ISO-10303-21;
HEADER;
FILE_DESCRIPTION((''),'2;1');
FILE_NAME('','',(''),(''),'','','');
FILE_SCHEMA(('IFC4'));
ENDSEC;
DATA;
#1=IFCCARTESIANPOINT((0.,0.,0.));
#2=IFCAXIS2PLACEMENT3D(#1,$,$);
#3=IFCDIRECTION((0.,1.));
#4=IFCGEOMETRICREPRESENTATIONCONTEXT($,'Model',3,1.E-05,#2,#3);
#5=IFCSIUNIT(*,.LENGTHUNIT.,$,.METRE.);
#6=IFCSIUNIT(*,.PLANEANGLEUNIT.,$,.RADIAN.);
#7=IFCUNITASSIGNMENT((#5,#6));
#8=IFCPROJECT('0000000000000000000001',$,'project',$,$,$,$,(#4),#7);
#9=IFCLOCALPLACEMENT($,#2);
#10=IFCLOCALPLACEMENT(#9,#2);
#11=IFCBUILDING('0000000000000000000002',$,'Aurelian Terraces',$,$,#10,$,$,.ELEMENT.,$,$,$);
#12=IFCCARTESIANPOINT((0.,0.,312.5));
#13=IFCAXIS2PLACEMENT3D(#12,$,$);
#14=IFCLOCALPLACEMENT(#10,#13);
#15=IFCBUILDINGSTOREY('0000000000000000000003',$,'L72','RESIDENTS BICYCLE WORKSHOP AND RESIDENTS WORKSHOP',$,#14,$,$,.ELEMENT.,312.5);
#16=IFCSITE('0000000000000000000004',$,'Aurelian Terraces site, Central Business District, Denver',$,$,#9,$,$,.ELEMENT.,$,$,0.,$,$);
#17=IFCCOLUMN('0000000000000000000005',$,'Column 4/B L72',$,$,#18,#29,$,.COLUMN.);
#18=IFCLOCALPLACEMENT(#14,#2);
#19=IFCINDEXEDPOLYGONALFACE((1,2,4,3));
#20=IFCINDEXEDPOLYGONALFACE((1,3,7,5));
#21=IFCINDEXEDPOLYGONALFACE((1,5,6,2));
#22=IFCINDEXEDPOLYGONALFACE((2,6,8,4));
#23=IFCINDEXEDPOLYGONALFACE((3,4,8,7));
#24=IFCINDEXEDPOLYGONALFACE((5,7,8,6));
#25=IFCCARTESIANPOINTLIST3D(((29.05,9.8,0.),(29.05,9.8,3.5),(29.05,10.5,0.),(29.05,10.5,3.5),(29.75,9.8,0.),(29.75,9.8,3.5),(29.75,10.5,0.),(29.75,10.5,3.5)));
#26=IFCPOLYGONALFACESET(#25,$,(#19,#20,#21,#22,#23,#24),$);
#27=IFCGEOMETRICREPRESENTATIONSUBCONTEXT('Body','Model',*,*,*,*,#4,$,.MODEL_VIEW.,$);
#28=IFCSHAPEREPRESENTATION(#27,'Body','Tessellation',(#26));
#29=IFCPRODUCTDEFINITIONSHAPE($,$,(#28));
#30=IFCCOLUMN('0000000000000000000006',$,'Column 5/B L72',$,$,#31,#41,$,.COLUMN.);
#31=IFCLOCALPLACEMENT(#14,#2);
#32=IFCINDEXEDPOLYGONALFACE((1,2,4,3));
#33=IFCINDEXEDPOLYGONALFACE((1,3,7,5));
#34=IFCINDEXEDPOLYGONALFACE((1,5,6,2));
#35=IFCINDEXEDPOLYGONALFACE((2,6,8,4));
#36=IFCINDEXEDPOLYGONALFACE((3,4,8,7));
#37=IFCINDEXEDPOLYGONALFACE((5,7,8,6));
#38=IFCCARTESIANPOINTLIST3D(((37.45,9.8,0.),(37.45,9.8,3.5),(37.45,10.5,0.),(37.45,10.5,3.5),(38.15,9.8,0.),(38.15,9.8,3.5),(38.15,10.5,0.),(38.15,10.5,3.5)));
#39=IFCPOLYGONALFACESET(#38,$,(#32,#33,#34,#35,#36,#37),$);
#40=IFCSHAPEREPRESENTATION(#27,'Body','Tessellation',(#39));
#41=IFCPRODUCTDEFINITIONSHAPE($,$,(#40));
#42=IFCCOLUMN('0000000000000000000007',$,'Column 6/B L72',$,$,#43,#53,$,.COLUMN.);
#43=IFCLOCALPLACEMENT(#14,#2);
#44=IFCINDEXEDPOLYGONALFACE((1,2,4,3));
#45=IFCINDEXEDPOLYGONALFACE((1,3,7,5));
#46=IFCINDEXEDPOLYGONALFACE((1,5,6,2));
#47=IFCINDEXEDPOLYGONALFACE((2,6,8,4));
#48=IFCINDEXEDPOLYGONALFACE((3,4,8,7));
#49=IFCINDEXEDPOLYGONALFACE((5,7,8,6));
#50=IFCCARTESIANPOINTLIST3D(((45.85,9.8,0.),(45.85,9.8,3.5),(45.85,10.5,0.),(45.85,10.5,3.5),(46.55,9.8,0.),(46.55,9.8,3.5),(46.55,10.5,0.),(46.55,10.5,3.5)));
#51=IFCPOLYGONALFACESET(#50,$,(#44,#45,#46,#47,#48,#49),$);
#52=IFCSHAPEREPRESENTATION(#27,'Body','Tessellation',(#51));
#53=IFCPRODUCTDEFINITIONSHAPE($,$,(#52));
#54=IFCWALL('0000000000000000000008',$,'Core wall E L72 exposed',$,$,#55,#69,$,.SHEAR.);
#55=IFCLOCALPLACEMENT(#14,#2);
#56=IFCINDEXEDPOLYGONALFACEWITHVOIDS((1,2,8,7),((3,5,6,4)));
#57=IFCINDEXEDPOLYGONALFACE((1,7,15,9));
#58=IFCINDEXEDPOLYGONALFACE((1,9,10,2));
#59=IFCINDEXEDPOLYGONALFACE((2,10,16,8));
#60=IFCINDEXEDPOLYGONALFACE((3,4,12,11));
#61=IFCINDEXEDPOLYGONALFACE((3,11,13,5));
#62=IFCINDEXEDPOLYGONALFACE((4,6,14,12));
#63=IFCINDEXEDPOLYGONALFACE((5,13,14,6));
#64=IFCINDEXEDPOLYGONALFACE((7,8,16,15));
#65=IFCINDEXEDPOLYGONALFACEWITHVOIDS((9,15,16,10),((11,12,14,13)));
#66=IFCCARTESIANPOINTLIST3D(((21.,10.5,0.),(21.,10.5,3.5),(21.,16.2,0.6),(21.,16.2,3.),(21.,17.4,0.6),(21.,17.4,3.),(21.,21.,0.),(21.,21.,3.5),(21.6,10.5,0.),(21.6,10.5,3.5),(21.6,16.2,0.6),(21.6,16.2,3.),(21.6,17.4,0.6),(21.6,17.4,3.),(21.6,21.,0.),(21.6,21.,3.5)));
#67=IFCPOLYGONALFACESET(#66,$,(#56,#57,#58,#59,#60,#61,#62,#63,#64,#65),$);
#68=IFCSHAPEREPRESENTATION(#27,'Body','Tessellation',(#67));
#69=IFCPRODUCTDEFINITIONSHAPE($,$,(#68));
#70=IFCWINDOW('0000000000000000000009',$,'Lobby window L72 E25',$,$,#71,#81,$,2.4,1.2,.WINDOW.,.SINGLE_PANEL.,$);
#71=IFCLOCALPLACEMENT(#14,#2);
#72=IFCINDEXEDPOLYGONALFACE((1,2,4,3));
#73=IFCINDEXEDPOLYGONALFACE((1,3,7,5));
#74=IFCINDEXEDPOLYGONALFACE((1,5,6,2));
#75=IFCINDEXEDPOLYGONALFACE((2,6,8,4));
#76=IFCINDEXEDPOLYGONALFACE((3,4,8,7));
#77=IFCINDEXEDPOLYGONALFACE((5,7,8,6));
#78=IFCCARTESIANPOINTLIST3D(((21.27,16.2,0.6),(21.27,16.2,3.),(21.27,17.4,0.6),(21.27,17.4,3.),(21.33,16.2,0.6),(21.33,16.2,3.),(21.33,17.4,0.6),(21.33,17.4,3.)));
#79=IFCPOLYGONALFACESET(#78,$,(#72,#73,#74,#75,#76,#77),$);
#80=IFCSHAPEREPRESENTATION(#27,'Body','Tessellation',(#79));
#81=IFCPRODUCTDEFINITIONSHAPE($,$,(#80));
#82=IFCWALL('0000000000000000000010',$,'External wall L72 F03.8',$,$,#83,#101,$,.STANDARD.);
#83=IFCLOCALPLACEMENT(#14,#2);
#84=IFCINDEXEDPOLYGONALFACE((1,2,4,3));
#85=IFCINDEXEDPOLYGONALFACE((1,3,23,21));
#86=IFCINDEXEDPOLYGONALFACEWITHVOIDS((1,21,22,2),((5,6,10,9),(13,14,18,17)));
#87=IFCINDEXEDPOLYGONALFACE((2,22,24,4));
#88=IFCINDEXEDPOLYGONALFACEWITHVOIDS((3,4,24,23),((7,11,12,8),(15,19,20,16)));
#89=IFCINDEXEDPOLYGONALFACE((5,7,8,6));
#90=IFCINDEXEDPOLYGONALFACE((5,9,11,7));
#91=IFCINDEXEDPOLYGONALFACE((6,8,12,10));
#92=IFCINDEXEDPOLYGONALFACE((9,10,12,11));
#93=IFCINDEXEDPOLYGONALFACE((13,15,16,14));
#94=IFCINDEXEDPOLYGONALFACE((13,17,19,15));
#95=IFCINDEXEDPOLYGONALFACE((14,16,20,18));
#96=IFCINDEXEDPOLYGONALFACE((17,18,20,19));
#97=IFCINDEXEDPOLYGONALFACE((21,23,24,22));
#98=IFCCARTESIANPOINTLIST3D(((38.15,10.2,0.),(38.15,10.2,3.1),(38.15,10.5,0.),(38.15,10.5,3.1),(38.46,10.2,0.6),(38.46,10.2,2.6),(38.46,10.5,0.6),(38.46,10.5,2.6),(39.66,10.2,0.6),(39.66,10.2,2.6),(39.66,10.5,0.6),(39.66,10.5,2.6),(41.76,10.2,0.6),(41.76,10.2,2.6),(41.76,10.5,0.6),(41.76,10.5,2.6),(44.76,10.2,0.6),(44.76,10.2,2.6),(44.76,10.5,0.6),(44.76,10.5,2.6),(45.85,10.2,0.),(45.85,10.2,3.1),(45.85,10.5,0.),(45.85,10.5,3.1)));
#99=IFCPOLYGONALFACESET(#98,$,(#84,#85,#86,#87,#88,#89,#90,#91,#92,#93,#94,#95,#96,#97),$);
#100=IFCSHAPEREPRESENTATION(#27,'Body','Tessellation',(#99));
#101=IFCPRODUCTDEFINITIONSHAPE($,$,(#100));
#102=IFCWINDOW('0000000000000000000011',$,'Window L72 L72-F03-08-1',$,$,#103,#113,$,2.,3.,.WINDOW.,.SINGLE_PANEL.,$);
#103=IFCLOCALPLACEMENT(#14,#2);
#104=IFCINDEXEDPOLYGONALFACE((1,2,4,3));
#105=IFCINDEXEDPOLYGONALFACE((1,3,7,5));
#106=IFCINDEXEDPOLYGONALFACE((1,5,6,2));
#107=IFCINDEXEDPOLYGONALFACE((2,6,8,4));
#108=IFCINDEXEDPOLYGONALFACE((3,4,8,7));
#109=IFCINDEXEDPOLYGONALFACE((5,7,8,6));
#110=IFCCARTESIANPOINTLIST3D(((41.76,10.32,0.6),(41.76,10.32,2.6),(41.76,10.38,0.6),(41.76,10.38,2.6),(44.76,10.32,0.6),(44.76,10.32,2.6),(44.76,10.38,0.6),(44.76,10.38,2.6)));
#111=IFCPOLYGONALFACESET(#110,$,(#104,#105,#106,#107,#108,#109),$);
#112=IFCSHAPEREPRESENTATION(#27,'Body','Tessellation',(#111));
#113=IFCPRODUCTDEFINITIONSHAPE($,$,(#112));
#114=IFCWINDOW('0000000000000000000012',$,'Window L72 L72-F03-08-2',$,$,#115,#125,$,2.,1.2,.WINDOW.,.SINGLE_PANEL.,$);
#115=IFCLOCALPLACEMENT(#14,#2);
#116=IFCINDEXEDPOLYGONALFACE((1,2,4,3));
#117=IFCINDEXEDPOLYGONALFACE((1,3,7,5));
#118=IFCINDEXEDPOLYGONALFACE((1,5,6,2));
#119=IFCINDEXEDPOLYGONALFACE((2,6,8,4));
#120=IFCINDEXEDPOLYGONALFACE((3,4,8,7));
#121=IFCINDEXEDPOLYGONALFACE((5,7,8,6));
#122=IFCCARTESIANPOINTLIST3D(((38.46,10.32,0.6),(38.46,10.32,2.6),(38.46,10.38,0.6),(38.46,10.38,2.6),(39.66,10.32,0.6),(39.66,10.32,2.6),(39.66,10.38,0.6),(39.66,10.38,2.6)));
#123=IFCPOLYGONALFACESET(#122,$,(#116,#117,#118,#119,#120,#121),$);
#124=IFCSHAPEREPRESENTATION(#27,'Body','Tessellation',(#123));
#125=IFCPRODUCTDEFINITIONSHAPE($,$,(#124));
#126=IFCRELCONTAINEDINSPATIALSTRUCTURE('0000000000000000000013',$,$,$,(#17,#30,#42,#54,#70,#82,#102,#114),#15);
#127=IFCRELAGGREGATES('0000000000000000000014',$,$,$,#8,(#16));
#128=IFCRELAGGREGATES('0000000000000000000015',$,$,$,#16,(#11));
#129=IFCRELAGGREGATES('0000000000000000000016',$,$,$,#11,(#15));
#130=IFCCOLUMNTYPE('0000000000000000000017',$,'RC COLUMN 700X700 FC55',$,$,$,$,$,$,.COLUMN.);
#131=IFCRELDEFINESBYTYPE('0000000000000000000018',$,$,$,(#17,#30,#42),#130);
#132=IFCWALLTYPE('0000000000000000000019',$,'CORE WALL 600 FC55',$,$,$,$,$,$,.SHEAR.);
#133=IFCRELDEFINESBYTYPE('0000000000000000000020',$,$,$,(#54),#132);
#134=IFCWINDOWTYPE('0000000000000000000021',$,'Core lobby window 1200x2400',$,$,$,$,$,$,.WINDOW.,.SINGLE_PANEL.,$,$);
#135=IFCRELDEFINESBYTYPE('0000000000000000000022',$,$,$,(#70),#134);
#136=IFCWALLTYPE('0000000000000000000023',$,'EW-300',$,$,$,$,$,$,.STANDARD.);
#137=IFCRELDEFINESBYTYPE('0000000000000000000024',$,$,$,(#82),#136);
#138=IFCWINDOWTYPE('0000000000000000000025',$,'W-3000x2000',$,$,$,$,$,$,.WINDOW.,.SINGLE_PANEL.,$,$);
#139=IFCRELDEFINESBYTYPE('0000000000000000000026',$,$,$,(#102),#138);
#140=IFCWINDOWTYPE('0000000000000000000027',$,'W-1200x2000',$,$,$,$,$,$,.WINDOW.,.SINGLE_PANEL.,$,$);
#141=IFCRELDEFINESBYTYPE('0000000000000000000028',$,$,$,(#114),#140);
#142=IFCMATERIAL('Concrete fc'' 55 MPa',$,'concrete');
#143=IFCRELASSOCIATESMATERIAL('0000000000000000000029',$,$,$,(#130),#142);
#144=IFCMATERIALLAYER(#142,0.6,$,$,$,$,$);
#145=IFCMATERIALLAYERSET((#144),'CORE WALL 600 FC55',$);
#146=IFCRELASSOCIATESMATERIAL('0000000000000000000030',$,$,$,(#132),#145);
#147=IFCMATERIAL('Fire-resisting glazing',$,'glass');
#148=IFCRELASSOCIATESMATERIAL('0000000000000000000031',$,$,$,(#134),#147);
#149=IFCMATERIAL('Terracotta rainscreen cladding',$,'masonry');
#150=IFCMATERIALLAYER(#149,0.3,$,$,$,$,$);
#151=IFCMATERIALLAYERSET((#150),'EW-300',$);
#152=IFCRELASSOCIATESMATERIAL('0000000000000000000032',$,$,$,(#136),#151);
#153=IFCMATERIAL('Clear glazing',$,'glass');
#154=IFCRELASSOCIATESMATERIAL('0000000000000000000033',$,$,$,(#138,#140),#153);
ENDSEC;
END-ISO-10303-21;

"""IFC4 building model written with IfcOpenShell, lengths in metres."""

from ifc_helpers import new_model, si_unit, direction, frame, frame_2d, origin, origin_2d, place, context, subcontext, project, spatial, rectangle, extrude, source, transform, mapped, material, layer, layer_set, material_profile, profile_set, type_object, element, fill, save


model = new_model("IFC4")

# Units and contexts
model_context = context("Model", 3, precision=1e-05, world=origin(), true_north=direction((0.0, 1.0)))
body_context = subcontext(model_context, "Body", "Model", "MODEL_VIEW")
ifc_project = project(units=[si_unit("LENGTHUNIT", "METRE"), si_unit("PLANEANGLEUNIT", "RADIAN")], contexts=[model_context])

# Site, building, storey
site_placement = place(None, origin())
site = spatial("IfcSite", under=ifc_project, at=site_placement, Name="Aurelian Terraces site, Central Business District, Denver", CompositionType="ELEMENT", RefElevation=0.0)
building_placement = place(site_placement, origin())
building = spatial("IfcBuilding", under=site, at=building_placement, Name="Aurelian Terraces", CompositionType="ELEMENT")
storey_placement = place(building_placement, frame((0.0, 0.0, 312.5)))
storey = spatial("IfcBuildingStorey", under=building, at=storey_placement, Name="L72", Description="RESIDENTS BICYCLE WORKSHOP AND RESIDENTS WORKSHOP", CompositionType="ELEMENT", Elevation=312.5)

# Columns
ifc_material_1 = material(Name="Concrete fc' 55 MPa", Category="concrete")
ifc_material_profile = material_profile(ifc_material_1, rectangle(XDim=0.7, YDim=0.7, at=origin_2d()))
ifc_profile_set = profile_set([ifc_material_profile], Name="Concrete fc' 55 MPa")
column_type = type_object("IfcColumnType", Name="RC COLUMN 700X700 FC55", PredefinedType="COLUMN", material=ifc_profile_set)
shared_shape_1 = source(origin(), body_context, "Body", "SweptSolid", [
    extrude(rectangle(XDim=0.7, YDim=0.7, at=origin_2d()), origin(), (0.0, 0.0, 1.0), 3.5),
])
for number, where, z_axis, x_axis, name in (
    (1, (29.4, 10.15, 0.0), (0.0, 0.0, 1.0), (1.0, 0.0, 0.0), "Column 4/B L72"),
    (2, (37.8, 10.15, 0.0), (0.0, 0.0, 1.0), (1.0, 0.0, 0.0), "Column 5/B L72"),
    (3, (46.2, 10.15, 0.0), (0.0, 0.0, 1.0), (1.0, 0.0, 0.0), "Column 6/B L72"),
):
    element("IfcColumn", number, at=place(storey_placement, frame(where, z_axis=z_axis, x_axis=x_axis)), inside=storey, type_object=column_type, Name=name, PredefinedType="COLUMN", context=body_context, shape_type="MappedRepresentation", body=[
        mapped(shared_shape_1, transform((0.0, 0.0, 0.0), scale=1.0)),
    ])

# Wall, opening, window
ifc_layer_1 = layer(ifc_material_1, 0.6)
ifc_layer_set_1 = layer_set([ifc_layer_1], Name="CORE WALL 600 FC55")
wall_type_1 = type_object("IfcWallType", Name="CORE WALL 600 FC55", PredefinedType="SHEAR", material=ifc_layer_set_1)
shared_shape_2 = source(origin(), body_context, "Body", "SweptSolid", [
    extrude(rectangle(XDim=10.5, YDim=0.6, at=frame_2d((5.25, 0.0))), origin(), (0.0, 0.0, 1.0), 3.5),
])
wall_1_placement = place(storey_placement, frame((21.3, 10.5, 0.0), z_axis=(0.0, 0.0, 1.0), x_axis=(0.0, 1.0, 0.0)))
wall_1 = element("IfcWall", 4, at=wall_1_placement, inside=storey, type_object=wall_type_1, Name="Core wall E L72 exposed", PredefinedType="SHEAR", context=body_context, shape_type="MappedRepresentation", body=[
    mapped(shared_shape_2, transform((0.0, 0.0, 0.0), scale=1.0)),
])
shared_shape_3 = source(origin(), body_context, "Body", "SweptSolid", [
    extrude(rectangle(XDim=1.2, YDim=2.4, at=frame_2d((0.6, 1.2))), frame((0.0, 0.31, 0.0), z_axis=(0.0, -1.0, 0.0), x_axis=(1.0, 0.0, 0.0)), (0.0, 0.0, 1.0), 0.62),
])
opening_1_placement = place(wall_1_placement, frame((5.7, 0.0, 0.6)))
opening_1 = element("IfcOpeningElement", 5, at=opening_1_placement, cuts=wall_1, PredefinedType="OPENING", context=body_context, shape_type="MappedRepresentation", body=[
    mapped(shared_shape_3, transform((0.0, 0.0, 0.0), scale=1.0)),
])
ifc_material_2 = material(Name="Fire-resisting glazing", Category="glass")
window_type_1 = type_object("IfcWindowType", Name="Core lobby window 1200x2400", PartitioningType="SINGLE_PANEL", PredefinedType="WINDOW", material=ifc_material_2)
shared_shape_4 = source(origin(), body_context, "Body", "SweptSolid", [
    extrude(rectangle(XDim=1.2, YDim=2.4, at=frame_2d((0.6, 1.2))), frame((0.0, 0.03, 0.0), z_axis=(0.0, -1.0, 0.0), x_axis=(1.0, 0.0, 0.0)), (0.0, 0.0, 1.0), 0.06),
])
window_1_placement = place(opening_1_placement, origin())
window_1 = element("IfcWindow", 6, at=window_1_placement, inside=storey, type_object=window_type_1, Name="Lobby window L72 E25", OverallHeight=2.4, OverallWidth=1.2, PartitioningType="SINGLE_PANEL", PredefinedType="WINDOW", context=body_context, shape_type="MappedRepresentation", body=[
    mapped(shared_shape_4, transform((0.0, 0.0, 0.0), scale=1.0)),
])
fill(opening_1, window_1)

# Wall, openings, windows
ifc_material_3 = material(Name="Terracotta rainscreen cladding", Category="masonry")
ifc_layer_2 = layer(ifc_material_3, 0.3)
ifc_layer_set_2 = layer_set([ifc_layer_2], Name="EW-300")
wall_type_2 = type_object("IfcWallType", Name="EW-300", PredefinedType="STANDARD", material=ifc_layer_set_2)
shared_shape_5 = source(origin(), body_context, "Body", "SweptSolid", [
    extrude(rectangle(XDim=7.7, YDim=0.3, at=frame_2d((3.85, 0.0))), origin(), (0.0, 0.0, 1.0), 3.1),
])
wall_2_placement = place(storey_placement, frame((45.85, 10.35, 0.0), z_axis=(0.0, 0.0, 1.0), x_axis=(-1.0, 0.0, 0.0)))
wall_2 = element("IfcWall", 7, at=wall_2_placement, inside=storey, type_object=wall_type_2, Name="External wall L72 F03.8", PredefinedType="STANDARD", context=body_context, shape_type="MappedRepresentation", body=[
    mapped(shared_shape_5, transform((0.0, 0.0, 0.0), scale=1.0)),
])
shared_shape_6 = source(origin(), body_context, "Body", "SweptSolid", [
    extrude(rectangle(XDim=3.0, YDim=2.0, at=frame_2d((1.5, 1.0))), frame((0.0, 0.16, 0.0), z_axis=(0.0, -1.0, 0.0), x_axis=(1.0, 0.0, 0.0)), (0.0, 0.0, 1.0), 0.32),
])
opening_2_placement = place(wall_2_placement, frame((1.09, 0.0, 0.6)))
opening_2 = element("IfcOpeningElement", 8, at=opening_2_placement, cuts=wall_2, PredefinedType="OPENING", context=body_context, shape_type="MappedRepresentation", body=[
    mapped(shared_shape_6, transform((0.0, 0.0, 0.0), scale=1.0)),
])
shared_shape_7 = source(origin(), body_context, "Body", "SweptSolid", [
    extrude(rectangle(XDim=1.2, YDim=2.0, at=frame_2d((0.6, 1.0))), frame((0.0, 0.16, 0.0), z_axis=(0.0, -1.0, 0.0), x_axis=(1.0, 0.0, 0.0)), (0.0, 0.0, 1.0), 0.32),
])
opening_3_placement = place(wall_2_placement, frame((6.19, 0.0, 0.6)))
opening_3 = element("IfcOpeningElement", 9, at=opening_3_placement, cuts=wall_2, PredefinedType="OPENING", context=body_context, shape_type="MappedRepresentation", body=[
    mapped(shared_shape_7, transform((0.0, 0.0, 0.0), scale=1.0)),
])
ifc_material_4 = material(Name="Clear glazing", Category="glass")
window_type_2 = type_object("IfcWindowType", Name="W-3000x2000", PartitioningType="SINGLE_PANEL", PredefinedType="WINDOW", material=ifc_material_4)
shared_shape_8 = source(origin(), body_context, "Body", "SweptSolid", [
    extrude(rectangle(XDim=3.0, YDim=2.0, at=frame_2d((1.5, 1.0))), frame((0.0, 0.03, 0.0), z_axis=(0.0, -1.0, 0.0), x_axis=(1.0, 0.0, 0.0)), (0.0, 0.0, 1.0), 0.06),
])
window_2_placement = place(opening_2_placement, origin())
window_2 = element("IfcWindow", 10, at=window_2_placement, inside=storey, type_object=window_type_2, Name="Window L72 L72-F03-08-1", OverallHeight=2.0, OverallWidth=3.0, PartitioningType="SINGLE_PANEL", PredefinedType="WINDOW", context=body_context, shape_type="MappedRepresentation", body=[
    mapped(shared_shape_8, transform((0.0, 0.0, 0.0), scale=1.0)),
])
fill(opening_2, window_2)
window_type_3 = type_object("IfcWindowType", Name="W-1200x2000", PartitioningType="SINGLE_PANEL", PredefinedType="WINDOW", material=ifc_material_4)
shared_shape_9 = source(origin(), body_context, "Body", "SweptSolid", [
    extrude(rectangle(XDim=1.2, YDim=2.0, at=frame_2d((0.6, 1.0))), frame((0.0, 0.03, 0.0), z_axis=(0.0, -1.0, 0.0), x_axis=(1.0, 0.0, 0.0)), (0.0, 0.0, 1.0), 0.06),
])
window_3_placement = place(opening_3_placement, origin())
window_3 = element("IfcWindow", 11, at=window_3_placement, inside=storey, type_object=window_type_3, Name="Window L72 L72-F03-08-2", OverallHeight=2.0, OverallWidth=1.2, PartitioningType="SINGLE_PANEL", PredefinedType="WINDOW", context=body_context, shape_type="MappedRepresentation", body=[
    mapped(shared_shape_9, transform((0.0, 0.0, 0.0), scale=1.0)),
])
fill(opening_3, window_3)

save(model, "model.ifc")
